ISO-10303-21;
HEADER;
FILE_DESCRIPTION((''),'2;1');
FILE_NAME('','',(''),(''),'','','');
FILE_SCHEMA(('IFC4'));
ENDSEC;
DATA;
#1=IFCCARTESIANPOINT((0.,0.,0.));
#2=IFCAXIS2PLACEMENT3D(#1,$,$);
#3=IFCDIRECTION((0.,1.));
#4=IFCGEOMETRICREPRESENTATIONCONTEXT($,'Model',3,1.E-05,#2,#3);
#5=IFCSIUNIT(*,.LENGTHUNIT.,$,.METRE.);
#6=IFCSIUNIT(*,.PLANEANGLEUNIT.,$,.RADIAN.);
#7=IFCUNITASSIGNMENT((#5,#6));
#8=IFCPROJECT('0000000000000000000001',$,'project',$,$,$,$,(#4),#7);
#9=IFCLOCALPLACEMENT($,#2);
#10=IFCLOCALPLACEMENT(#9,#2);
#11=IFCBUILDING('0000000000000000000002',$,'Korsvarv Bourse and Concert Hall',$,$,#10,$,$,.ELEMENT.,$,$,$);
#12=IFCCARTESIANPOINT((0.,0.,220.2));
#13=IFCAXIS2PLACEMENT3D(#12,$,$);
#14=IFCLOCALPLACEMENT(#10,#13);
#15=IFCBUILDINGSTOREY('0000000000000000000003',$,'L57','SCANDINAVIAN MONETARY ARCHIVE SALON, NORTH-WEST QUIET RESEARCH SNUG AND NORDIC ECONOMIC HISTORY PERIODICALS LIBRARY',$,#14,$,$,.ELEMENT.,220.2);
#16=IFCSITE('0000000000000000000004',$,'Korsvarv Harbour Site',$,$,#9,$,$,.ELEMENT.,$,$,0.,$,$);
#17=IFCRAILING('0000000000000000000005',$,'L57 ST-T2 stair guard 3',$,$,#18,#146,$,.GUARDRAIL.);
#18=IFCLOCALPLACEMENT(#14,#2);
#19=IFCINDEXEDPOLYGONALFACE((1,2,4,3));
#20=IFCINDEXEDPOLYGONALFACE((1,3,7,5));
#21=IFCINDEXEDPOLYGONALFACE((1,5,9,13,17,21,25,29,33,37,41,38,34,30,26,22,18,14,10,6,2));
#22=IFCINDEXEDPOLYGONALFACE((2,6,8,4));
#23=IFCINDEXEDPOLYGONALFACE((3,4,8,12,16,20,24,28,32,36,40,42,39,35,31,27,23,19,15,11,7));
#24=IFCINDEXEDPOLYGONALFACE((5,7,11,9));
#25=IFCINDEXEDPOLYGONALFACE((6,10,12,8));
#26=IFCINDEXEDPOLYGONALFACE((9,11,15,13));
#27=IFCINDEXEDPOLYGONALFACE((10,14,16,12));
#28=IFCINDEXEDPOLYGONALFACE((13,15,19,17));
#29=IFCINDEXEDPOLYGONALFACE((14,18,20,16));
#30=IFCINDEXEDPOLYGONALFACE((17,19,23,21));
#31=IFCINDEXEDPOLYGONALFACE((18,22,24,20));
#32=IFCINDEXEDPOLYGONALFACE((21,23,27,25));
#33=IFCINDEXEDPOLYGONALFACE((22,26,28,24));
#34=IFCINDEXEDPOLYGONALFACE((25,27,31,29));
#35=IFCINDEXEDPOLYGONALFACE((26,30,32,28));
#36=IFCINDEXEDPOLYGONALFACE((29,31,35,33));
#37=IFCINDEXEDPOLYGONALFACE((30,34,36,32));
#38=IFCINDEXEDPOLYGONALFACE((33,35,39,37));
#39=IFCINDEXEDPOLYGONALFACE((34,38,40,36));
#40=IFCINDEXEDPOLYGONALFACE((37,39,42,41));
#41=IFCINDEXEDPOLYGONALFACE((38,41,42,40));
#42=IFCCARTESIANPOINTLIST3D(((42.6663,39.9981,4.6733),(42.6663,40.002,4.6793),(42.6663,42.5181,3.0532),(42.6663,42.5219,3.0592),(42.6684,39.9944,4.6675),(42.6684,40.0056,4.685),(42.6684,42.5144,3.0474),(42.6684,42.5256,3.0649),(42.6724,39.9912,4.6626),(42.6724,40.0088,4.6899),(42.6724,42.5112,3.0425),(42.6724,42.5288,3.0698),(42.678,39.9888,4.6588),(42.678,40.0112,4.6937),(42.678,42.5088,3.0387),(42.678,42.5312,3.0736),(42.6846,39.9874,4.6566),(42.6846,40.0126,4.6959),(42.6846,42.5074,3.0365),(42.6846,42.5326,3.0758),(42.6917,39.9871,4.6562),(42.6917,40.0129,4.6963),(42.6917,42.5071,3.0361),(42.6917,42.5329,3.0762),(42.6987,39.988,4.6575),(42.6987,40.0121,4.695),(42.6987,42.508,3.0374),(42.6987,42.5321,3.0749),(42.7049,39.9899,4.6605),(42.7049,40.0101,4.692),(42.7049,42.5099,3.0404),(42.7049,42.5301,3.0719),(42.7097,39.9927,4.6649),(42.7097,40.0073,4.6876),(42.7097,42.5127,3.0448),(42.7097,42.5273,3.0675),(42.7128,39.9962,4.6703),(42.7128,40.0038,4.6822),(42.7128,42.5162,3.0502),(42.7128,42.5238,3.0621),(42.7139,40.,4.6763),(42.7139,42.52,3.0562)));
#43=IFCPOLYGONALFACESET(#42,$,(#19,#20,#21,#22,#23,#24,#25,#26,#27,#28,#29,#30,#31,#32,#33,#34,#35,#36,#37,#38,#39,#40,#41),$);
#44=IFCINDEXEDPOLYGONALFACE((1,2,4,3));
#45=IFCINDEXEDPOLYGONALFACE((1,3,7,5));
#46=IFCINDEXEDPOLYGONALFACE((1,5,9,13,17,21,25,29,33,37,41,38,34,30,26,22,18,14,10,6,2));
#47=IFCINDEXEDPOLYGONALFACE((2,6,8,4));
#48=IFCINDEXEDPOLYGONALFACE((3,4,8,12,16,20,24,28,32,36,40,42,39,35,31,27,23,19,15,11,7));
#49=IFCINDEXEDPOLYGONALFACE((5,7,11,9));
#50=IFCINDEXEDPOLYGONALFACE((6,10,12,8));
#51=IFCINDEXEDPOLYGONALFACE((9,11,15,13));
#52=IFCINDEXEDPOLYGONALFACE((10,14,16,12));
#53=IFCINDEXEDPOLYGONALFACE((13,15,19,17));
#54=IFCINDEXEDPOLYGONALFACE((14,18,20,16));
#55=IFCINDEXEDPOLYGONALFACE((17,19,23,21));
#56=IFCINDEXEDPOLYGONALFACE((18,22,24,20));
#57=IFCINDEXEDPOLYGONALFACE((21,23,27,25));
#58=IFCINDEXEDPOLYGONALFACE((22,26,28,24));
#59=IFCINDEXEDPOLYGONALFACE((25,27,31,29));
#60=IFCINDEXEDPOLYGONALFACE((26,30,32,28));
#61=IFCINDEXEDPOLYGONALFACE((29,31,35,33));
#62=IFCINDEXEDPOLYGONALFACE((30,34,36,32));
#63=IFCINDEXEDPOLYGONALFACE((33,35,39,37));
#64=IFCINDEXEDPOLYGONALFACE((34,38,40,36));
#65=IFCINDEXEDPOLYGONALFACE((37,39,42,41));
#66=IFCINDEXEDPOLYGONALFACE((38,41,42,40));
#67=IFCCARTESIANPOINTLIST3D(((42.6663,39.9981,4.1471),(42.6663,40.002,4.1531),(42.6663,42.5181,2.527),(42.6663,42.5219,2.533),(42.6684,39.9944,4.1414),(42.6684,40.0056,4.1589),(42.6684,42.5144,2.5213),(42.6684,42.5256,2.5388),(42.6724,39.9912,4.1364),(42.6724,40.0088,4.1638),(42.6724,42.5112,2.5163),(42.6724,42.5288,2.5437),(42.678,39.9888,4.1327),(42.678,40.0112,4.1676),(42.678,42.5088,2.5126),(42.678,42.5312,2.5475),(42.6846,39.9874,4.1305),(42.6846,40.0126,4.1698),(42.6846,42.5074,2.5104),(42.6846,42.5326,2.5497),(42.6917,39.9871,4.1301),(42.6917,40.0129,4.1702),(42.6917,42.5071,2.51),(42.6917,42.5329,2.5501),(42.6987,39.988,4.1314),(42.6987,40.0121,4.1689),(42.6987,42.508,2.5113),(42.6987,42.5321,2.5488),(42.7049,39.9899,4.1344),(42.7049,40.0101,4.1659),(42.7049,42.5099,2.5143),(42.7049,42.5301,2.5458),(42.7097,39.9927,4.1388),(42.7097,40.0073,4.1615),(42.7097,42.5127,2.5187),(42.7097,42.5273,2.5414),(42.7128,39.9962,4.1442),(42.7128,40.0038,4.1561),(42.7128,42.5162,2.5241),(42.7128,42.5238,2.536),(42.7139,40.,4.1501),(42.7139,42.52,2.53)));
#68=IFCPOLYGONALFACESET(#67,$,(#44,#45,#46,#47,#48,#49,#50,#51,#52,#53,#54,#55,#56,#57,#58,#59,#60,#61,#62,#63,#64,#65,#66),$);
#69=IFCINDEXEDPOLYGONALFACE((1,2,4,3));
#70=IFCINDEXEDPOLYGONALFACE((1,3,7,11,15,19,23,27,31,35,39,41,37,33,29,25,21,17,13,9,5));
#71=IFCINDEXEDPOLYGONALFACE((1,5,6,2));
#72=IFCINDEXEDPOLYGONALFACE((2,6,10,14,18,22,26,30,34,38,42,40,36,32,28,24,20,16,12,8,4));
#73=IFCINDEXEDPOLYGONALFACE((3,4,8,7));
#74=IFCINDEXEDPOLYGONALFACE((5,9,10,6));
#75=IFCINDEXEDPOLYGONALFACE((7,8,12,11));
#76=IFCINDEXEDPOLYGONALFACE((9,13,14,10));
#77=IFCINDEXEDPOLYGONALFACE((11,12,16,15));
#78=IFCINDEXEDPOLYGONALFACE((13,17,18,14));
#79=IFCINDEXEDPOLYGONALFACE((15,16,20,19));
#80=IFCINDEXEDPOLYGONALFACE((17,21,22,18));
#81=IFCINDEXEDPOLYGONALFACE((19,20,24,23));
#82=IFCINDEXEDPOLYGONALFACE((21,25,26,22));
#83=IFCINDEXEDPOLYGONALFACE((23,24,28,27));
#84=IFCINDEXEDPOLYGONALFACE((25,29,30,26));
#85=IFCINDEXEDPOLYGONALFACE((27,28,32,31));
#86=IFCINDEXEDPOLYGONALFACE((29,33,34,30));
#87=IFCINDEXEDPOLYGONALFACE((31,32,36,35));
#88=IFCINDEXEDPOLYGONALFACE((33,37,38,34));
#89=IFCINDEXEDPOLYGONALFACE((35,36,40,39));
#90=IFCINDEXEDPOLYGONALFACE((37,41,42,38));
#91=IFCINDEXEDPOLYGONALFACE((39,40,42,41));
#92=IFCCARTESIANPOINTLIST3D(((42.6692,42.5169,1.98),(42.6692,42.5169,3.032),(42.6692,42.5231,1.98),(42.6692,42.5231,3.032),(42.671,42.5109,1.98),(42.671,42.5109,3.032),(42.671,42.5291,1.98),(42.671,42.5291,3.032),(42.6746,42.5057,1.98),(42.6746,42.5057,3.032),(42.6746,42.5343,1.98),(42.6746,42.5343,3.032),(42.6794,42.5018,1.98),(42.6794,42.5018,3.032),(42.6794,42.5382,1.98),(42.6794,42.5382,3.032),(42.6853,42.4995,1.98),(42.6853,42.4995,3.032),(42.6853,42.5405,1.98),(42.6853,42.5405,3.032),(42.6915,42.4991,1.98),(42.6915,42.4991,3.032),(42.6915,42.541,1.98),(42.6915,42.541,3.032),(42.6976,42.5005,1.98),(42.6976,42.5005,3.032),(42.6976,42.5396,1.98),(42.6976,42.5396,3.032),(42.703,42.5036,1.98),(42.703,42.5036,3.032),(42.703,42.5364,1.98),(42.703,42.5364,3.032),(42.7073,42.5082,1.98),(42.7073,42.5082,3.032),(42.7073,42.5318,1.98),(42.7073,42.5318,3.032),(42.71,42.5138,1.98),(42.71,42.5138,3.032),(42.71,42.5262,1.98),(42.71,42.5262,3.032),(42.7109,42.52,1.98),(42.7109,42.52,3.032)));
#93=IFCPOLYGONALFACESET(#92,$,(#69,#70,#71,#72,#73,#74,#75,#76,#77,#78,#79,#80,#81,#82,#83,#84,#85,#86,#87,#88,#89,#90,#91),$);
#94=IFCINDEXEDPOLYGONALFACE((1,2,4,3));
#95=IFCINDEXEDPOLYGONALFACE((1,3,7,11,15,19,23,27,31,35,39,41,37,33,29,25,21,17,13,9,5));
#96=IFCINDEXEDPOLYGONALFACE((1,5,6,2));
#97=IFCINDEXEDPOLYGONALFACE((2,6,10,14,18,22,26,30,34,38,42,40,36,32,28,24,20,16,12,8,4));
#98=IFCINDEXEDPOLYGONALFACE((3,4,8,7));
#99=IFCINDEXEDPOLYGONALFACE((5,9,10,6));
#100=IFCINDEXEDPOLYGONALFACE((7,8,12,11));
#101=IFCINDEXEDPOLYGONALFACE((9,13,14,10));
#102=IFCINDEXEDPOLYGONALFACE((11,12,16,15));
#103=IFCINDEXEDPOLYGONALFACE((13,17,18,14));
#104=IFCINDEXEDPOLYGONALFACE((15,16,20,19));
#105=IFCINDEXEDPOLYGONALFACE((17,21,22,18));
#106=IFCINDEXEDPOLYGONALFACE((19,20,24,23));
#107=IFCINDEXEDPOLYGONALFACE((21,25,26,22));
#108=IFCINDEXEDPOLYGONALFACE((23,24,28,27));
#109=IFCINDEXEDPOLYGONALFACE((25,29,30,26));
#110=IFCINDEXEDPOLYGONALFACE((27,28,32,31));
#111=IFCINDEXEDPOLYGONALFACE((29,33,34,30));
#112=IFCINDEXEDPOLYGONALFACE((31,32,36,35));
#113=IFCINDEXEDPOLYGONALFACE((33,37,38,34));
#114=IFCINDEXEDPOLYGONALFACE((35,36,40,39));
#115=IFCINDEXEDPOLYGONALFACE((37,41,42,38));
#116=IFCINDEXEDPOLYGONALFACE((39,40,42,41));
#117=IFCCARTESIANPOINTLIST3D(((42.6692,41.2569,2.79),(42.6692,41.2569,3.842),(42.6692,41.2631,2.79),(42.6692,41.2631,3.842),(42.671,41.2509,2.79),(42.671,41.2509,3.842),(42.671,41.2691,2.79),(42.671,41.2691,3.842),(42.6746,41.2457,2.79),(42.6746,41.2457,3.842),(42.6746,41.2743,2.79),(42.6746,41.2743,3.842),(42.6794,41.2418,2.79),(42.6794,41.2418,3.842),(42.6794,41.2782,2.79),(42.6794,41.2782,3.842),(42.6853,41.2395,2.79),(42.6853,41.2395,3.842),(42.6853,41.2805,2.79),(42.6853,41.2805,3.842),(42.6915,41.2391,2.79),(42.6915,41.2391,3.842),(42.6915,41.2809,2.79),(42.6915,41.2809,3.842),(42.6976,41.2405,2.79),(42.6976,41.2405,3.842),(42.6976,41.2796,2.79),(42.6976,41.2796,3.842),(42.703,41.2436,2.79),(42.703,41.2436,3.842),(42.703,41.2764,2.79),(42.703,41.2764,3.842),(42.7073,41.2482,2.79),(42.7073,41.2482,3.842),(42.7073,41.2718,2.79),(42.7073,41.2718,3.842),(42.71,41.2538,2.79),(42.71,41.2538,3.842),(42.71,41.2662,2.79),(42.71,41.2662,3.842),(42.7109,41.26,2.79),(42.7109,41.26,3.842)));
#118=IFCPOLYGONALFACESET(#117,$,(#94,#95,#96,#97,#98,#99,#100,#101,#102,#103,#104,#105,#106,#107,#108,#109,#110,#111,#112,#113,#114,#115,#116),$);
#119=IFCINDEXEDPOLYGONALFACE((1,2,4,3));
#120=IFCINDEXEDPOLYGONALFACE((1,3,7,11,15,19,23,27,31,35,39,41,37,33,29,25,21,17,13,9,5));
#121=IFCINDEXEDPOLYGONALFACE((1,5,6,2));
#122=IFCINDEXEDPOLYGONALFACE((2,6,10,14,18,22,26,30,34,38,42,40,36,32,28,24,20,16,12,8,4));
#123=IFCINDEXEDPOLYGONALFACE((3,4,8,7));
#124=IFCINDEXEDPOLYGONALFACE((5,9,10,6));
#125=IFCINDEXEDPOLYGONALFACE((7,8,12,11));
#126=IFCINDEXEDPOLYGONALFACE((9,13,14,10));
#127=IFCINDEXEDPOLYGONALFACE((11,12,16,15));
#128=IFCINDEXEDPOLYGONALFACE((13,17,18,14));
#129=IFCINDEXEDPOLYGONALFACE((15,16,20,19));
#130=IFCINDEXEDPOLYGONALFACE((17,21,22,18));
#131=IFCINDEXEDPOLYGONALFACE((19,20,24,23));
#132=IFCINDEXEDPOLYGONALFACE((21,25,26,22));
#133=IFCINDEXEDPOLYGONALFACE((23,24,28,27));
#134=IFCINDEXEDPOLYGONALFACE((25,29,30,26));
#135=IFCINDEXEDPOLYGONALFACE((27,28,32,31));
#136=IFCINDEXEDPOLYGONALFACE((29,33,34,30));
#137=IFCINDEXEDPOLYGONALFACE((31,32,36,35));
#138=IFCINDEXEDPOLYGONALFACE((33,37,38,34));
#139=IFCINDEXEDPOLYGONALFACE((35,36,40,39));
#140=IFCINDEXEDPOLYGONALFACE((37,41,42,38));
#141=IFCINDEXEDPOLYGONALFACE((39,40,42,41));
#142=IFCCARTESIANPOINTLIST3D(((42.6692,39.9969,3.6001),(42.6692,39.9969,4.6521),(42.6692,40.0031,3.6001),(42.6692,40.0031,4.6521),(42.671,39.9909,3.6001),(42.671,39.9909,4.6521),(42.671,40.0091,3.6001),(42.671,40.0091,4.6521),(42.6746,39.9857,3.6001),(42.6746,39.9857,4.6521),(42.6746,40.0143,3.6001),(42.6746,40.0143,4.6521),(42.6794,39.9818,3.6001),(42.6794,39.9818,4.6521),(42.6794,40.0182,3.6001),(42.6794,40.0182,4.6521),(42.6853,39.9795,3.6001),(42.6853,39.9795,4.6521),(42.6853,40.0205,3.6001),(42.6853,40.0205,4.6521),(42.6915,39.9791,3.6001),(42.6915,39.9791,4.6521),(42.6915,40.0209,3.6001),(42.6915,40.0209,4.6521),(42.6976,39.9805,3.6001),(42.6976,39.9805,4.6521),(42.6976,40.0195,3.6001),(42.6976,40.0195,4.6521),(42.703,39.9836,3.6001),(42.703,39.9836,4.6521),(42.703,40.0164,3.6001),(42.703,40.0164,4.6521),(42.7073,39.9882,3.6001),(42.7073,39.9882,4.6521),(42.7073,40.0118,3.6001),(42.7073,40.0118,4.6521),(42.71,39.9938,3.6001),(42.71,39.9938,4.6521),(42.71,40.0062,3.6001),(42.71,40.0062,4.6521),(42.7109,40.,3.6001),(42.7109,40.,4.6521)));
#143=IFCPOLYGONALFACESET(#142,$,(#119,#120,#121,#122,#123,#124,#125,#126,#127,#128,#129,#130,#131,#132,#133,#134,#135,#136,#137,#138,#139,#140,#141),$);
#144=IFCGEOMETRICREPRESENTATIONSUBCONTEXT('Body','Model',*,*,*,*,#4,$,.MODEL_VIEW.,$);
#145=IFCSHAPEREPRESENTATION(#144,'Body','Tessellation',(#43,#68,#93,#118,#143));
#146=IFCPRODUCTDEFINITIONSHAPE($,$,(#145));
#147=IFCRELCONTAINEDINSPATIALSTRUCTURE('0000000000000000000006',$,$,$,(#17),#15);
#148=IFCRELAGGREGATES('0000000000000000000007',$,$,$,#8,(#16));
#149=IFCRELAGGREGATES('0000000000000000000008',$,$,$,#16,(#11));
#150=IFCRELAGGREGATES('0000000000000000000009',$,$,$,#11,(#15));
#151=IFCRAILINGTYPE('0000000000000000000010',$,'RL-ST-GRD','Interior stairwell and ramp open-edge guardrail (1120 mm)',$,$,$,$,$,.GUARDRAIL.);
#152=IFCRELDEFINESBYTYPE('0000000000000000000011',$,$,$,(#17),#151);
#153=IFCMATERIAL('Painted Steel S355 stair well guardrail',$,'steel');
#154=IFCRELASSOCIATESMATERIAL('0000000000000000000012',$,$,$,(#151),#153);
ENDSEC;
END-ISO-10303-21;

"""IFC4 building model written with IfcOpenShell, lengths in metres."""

from ifc_helpers import new_model, si_unit, direction, frame, origin, origin_2d, place, context, subcontext, project, spatial, circle, extrude, material, type_object, element, save


model = new_model("IFC4")

# Units and contexts
model_context = context("Model", 3, precision=1e-05, world=origin(), true_north=direction((0.0, 1.0)))
body_context = subcontext(model_context, "Body", "Model", "MODEL_VIEW")
ifc_project = project(units=[si_unit("LENGTHUNIT", "METRE"), si_unit("PLANEANGLEUNIT", "RADIAN")], contexts=[model_context])

# Site, building, storey
site_placement = place(None, origin())
site = spatial("IfcSite", under=ifc_project, at=site_placement, Name="Korsvarv Harbour Site", CompositionType="ELEMENT", RefElevation=0.0)
building_placement = place(site_placement, origin())
building = spatial("IfcBuilding", under=site, at=building_placement, Name="Korsvarv Bourse and Concert Hall", CompositionType="ELEMENT")
storey_placement = place(building_placement, frame((0.0, 0.0, 220.2)))
storey = spatial("IfcBuildingStorey", under=building, at=storey_placement, Name="L57", Description="SCANDINAVIAN MONETARY ARCHIVE SALON, NORTH-WEST QUIET RESEARCH SNUG AND NORDIC ECONOMIC HISTORY PERIODICALS LIBRARY", CompositionType="ELEMENT", Elevation=220.2)

# Railing
ifc_material_1 = material(Name="Painted Steel S355 stair well guardrail", Category="steel")
railing_type_1 = type_object("IfcRailingType", Name="RL-ST-GRD", Description="Interior stairwell and ramp open-edge guardrail (1120 mm)", PredefinedType="GUARDRAIL", material=ifc_material_1)
railing_1_placement = place(storey_placement, frame((42.6899, 42.52, 1.98)))
element("IfcRailing", 1, at=railing_1_placement, inside=storey, type_object=railing_type_1, Name="L57 ST-T2 stair guard 3", PredefinedType="GUARDRAIL", context=body_context, shape_type="SweptSolid", body=[
    extrude(circle(Radius=0.0239, at=origin_2d()), frame((0.0, 0.0, 1.0762), z_axis=(0.0, -0.841163, 0.540782), x_axis=(1.0, 0.0, 0.0)), (0.0, 0.0, 1.0), 2.9958),
    extrude(circle(Radius=0.0239, at=origin_2d()), frame((0.0, 0.0, 0.55), z_axis=(0.0, -0.841163, 0.540782), x_axis=(1.0, 0.0, 0.0)), (0.0, 0.0, 1.0), 2.9958),
    extrude(circle(Radius=0.021, at=origin_2d()), origin(), (0.0, 0.0, 1.0), 1.052),
    extrude(circle(Radius=0.021, at=origin_2d()), frame((0.0, -1.26, 0.8101)), (0.0, 0.0, 1.0), 1.052),
    extrude(circle(Radius=0.021, at=origin_2d()), frame((0.0, -2.52, 1.6201)), (0.0, 0.0, 1.0), 1.052),
])

save(model, "model.ifc")
